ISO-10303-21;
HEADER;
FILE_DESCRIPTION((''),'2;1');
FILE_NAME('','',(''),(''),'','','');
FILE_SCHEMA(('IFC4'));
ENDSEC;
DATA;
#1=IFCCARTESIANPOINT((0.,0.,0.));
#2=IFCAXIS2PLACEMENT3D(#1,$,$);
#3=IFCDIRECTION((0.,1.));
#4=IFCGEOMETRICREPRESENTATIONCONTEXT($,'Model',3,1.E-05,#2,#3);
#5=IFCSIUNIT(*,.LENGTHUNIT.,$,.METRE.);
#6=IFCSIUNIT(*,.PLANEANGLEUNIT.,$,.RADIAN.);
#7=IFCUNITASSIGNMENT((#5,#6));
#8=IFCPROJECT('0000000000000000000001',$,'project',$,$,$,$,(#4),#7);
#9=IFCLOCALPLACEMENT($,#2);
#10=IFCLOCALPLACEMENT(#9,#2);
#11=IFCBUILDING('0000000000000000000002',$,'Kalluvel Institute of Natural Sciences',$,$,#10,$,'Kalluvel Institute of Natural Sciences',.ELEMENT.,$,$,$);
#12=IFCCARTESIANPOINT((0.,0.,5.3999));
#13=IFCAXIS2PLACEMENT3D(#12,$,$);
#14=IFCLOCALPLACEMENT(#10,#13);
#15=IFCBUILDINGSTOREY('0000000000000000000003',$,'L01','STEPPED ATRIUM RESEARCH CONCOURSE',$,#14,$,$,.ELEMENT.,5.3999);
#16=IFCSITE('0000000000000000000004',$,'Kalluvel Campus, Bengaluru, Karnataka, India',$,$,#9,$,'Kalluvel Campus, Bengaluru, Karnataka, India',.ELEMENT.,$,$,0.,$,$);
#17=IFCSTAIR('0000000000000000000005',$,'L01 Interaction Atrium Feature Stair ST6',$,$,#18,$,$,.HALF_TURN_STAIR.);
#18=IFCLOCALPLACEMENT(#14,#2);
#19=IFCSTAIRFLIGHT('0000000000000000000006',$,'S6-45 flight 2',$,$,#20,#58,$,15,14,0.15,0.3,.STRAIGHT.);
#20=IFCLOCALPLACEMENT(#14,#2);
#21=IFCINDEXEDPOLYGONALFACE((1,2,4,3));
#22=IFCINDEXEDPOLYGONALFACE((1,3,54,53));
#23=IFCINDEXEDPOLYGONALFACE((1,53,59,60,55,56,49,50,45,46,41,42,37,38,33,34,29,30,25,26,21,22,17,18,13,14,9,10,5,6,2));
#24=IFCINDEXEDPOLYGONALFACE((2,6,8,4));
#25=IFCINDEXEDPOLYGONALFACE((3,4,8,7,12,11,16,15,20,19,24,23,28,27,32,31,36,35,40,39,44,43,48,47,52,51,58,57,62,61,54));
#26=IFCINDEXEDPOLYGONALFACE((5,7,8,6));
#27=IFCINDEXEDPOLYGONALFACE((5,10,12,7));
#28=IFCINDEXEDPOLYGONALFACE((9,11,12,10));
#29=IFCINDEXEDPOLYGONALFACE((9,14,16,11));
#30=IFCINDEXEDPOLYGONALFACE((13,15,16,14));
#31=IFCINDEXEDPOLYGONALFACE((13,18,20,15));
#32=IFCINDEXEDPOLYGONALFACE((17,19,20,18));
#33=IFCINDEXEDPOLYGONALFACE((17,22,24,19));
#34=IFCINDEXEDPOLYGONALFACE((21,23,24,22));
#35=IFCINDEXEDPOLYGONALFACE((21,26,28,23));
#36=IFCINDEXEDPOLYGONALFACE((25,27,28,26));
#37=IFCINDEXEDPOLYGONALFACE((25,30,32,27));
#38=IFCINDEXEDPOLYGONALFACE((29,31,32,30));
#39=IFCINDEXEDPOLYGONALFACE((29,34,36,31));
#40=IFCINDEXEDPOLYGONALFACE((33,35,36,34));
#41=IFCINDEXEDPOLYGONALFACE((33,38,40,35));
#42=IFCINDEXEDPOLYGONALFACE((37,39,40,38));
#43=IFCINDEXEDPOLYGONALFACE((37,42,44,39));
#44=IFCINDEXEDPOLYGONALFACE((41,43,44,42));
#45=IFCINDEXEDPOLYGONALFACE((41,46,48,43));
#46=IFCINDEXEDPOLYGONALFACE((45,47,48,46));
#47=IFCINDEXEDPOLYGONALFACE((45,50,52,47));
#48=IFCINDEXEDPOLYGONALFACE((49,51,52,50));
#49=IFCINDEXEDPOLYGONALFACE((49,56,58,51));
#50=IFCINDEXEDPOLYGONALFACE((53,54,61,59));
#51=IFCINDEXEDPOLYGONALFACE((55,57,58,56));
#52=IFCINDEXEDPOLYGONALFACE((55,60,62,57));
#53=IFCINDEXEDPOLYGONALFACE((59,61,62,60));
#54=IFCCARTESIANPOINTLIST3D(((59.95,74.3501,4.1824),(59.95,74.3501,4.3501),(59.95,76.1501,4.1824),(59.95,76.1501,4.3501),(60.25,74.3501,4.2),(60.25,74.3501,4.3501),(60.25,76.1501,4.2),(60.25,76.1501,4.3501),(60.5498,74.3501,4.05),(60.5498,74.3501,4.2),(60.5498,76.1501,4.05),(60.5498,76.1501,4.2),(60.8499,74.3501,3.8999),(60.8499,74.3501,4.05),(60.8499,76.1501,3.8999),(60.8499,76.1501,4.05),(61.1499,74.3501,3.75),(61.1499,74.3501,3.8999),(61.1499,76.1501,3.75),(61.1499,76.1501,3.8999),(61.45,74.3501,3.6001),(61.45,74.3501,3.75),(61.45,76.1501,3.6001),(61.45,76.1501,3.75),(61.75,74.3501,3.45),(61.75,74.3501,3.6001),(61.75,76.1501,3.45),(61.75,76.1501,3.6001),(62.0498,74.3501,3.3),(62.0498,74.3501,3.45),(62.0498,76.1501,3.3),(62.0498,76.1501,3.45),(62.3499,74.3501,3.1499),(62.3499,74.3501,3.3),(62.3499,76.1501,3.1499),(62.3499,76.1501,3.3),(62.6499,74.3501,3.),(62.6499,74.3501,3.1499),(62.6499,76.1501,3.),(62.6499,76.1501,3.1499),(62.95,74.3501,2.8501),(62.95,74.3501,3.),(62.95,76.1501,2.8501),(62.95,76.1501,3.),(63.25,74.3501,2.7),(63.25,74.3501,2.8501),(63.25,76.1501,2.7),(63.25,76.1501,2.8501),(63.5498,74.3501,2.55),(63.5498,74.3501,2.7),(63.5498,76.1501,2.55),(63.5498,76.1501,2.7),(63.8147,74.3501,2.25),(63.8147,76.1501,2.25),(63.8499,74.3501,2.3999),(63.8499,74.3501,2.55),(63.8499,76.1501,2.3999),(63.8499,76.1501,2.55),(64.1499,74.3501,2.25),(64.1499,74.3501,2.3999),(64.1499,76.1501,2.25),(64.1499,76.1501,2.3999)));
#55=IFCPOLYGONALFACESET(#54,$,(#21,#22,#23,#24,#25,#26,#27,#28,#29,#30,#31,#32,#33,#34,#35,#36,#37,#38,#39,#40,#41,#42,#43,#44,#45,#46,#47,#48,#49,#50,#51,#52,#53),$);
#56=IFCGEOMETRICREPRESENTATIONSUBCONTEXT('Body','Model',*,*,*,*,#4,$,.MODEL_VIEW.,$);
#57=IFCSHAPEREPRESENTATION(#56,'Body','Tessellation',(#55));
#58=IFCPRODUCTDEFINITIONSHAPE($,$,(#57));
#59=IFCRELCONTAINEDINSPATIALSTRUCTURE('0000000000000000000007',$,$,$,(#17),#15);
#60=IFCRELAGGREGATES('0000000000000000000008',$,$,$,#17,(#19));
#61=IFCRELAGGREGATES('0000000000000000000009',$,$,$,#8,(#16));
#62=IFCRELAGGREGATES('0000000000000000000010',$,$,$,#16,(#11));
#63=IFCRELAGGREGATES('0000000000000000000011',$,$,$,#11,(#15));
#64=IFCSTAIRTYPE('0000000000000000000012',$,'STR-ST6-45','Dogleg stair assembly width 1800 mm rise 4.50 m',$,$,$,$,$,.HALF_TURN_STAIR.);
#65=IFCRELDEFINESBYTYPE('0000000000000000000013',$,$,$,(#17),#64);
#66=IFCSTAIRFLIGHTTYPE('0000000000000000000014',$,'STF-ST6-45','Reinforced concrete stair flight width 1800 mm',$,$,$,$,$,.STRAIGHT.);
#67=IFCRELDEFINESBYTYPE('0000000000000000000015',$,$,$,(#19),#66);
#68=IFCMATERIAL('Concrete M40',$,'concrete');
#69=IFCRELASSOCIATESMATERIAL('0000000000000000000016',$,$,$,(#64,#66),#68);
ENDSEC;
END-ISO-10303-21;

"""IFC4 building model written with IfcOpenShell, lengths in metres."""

from ifc_helpers import new_model, si_unit, direction, frame, origin, place, context, subcontext, project, spatial, polyline, outline, extrude, material, type_object, element, aggregate, save


model = new_model("IFC4")

# Units and contexts
model_context = context("Model", 3, precision=1e-05, world=origin(), true_north=direction((0.0, 1.0)))
body_context = subcontext(model_context, "Body", "Model", "MODEL_VIEW")
ifc_project = project(units=[si_unit("LENGTHUNIT", "METRE"), si_unit("PLANEANGLEUNIT", "RADIAN")], contexts=[model_context])

# Site, building, storey
site_placement = place(None, origin())
site = spatial("IfcSite", under=ifc_project, at=site_placement, Name="Kalluvel Campus, Bengaluru, Karnataka, India", LongName="Kalluvel Campus, Bengaluru, Karnataka, India", CompositionType="ELEMENT", RefElevation=0.0)
building_placement = place(site_placement, origin())
building = spatial("IfcBuilding", under=site, at=building_placement, Name="Kalluvel Institute of Natural Sciences", LongName="Kalluvel Institute of Natural Sciences", CompositionType="ELEMENT")
storey_placement = place(building_placement, frame((0.0, 0.0, 5.3999)))
storey = spatial("IfcBuildingStorey", under=building, at=storey_placement, Name="L01", Description="STEPPED ATRIUM RESEARCH CONCOURSE", CompositionType="ELEMENT", Elevation=5.3999)

# Shared definitions
ifc_material_1 = material(Name="Concrete M40", Category="concrete")

# Stair, stair flight
stair_type = type_object("IfcStairType", Name="STR-ST6-45", Description="Dogleg stair assembly width 1800 mm rise 4.50 m", PredefinedType="HALF_TURN_STAIR", material=ifc_material_1)
stair_placement = place(storey_placement, origin())
stair = element("IfcStair", 1, at=stair_placement, inside=storey, type_object=stair_type, Name="L01 Interaction Atrium Feature Stair ST6", PredefinedType="HALF_TURN_STAIR")
stair_flight_type = type_object("IfcStairFlightType", Name="STF-ST6-45", Description="Reinforced concrete stair flight width 1800 mm", PredefinedType="STRAIGHT", material=ifc_material_1)
stair_flight_1_placement = place(storey_placement, frame((64.1499, 75.25, 2.25), z_axis=(0.0, 0.0, 1.0), x_axis=(-1.0, 0.0, 0.0)))
stair_flight_1 = element("IfcStairFlight", 2, at=stair_flight_1_placement, type_object=stair_flight_type, Name="S6-45 flight 2", NumberOfRisers=15, NumberOfTreads=14, PredefinedType="STRAIGHT", RiserHeight=0.15, TreadLength=0.3, context=body_context, shape_type="SweptSolid", body=[
    extrude(outline(polyline([(0.0, 0.0), (0.0, 0.1499), (0.3, 0.1499), (0.3, 0.3), (0.6001, 0.3), (0.6001, 0.45), (0.8999, 0.45), (0.8999, 0.6001), (1.2, 0.6001), (1.2, 0.75), (1.5, 0.75), (1.5, 0.8999), (1.8, 0.8999), (1.8, 1.05), (2.1001, 1.05), (2.1001, 1.2), (2.3999, 1.2), (2.3999, 1.3501), (2.7, 1.3501), (2.7, 1.5), (3.0, 1.5), (3.0, 1.6499), (3.3, 1.6499), (3.3, 1.8), (3.6001, 1.8), (3.6001, 1.95), (3.8999, 1.95), (3.8999, 2.1001), (4.2, 2.1001), (4.2, 2.25), (4.2, 1.9324), (0.3352, 0.0), (0.0, 0.0)])), frame((0.0, 0.8999, 0.0), z_axis=(0.0, -1.0, 0.0), x_axis=(1.0, 0.0, 0.0)), (0.0, 0.0, 1.0), 1.8),
])
aggregate(stair, [stair_flight_1])

save(model, "model.ifc")
